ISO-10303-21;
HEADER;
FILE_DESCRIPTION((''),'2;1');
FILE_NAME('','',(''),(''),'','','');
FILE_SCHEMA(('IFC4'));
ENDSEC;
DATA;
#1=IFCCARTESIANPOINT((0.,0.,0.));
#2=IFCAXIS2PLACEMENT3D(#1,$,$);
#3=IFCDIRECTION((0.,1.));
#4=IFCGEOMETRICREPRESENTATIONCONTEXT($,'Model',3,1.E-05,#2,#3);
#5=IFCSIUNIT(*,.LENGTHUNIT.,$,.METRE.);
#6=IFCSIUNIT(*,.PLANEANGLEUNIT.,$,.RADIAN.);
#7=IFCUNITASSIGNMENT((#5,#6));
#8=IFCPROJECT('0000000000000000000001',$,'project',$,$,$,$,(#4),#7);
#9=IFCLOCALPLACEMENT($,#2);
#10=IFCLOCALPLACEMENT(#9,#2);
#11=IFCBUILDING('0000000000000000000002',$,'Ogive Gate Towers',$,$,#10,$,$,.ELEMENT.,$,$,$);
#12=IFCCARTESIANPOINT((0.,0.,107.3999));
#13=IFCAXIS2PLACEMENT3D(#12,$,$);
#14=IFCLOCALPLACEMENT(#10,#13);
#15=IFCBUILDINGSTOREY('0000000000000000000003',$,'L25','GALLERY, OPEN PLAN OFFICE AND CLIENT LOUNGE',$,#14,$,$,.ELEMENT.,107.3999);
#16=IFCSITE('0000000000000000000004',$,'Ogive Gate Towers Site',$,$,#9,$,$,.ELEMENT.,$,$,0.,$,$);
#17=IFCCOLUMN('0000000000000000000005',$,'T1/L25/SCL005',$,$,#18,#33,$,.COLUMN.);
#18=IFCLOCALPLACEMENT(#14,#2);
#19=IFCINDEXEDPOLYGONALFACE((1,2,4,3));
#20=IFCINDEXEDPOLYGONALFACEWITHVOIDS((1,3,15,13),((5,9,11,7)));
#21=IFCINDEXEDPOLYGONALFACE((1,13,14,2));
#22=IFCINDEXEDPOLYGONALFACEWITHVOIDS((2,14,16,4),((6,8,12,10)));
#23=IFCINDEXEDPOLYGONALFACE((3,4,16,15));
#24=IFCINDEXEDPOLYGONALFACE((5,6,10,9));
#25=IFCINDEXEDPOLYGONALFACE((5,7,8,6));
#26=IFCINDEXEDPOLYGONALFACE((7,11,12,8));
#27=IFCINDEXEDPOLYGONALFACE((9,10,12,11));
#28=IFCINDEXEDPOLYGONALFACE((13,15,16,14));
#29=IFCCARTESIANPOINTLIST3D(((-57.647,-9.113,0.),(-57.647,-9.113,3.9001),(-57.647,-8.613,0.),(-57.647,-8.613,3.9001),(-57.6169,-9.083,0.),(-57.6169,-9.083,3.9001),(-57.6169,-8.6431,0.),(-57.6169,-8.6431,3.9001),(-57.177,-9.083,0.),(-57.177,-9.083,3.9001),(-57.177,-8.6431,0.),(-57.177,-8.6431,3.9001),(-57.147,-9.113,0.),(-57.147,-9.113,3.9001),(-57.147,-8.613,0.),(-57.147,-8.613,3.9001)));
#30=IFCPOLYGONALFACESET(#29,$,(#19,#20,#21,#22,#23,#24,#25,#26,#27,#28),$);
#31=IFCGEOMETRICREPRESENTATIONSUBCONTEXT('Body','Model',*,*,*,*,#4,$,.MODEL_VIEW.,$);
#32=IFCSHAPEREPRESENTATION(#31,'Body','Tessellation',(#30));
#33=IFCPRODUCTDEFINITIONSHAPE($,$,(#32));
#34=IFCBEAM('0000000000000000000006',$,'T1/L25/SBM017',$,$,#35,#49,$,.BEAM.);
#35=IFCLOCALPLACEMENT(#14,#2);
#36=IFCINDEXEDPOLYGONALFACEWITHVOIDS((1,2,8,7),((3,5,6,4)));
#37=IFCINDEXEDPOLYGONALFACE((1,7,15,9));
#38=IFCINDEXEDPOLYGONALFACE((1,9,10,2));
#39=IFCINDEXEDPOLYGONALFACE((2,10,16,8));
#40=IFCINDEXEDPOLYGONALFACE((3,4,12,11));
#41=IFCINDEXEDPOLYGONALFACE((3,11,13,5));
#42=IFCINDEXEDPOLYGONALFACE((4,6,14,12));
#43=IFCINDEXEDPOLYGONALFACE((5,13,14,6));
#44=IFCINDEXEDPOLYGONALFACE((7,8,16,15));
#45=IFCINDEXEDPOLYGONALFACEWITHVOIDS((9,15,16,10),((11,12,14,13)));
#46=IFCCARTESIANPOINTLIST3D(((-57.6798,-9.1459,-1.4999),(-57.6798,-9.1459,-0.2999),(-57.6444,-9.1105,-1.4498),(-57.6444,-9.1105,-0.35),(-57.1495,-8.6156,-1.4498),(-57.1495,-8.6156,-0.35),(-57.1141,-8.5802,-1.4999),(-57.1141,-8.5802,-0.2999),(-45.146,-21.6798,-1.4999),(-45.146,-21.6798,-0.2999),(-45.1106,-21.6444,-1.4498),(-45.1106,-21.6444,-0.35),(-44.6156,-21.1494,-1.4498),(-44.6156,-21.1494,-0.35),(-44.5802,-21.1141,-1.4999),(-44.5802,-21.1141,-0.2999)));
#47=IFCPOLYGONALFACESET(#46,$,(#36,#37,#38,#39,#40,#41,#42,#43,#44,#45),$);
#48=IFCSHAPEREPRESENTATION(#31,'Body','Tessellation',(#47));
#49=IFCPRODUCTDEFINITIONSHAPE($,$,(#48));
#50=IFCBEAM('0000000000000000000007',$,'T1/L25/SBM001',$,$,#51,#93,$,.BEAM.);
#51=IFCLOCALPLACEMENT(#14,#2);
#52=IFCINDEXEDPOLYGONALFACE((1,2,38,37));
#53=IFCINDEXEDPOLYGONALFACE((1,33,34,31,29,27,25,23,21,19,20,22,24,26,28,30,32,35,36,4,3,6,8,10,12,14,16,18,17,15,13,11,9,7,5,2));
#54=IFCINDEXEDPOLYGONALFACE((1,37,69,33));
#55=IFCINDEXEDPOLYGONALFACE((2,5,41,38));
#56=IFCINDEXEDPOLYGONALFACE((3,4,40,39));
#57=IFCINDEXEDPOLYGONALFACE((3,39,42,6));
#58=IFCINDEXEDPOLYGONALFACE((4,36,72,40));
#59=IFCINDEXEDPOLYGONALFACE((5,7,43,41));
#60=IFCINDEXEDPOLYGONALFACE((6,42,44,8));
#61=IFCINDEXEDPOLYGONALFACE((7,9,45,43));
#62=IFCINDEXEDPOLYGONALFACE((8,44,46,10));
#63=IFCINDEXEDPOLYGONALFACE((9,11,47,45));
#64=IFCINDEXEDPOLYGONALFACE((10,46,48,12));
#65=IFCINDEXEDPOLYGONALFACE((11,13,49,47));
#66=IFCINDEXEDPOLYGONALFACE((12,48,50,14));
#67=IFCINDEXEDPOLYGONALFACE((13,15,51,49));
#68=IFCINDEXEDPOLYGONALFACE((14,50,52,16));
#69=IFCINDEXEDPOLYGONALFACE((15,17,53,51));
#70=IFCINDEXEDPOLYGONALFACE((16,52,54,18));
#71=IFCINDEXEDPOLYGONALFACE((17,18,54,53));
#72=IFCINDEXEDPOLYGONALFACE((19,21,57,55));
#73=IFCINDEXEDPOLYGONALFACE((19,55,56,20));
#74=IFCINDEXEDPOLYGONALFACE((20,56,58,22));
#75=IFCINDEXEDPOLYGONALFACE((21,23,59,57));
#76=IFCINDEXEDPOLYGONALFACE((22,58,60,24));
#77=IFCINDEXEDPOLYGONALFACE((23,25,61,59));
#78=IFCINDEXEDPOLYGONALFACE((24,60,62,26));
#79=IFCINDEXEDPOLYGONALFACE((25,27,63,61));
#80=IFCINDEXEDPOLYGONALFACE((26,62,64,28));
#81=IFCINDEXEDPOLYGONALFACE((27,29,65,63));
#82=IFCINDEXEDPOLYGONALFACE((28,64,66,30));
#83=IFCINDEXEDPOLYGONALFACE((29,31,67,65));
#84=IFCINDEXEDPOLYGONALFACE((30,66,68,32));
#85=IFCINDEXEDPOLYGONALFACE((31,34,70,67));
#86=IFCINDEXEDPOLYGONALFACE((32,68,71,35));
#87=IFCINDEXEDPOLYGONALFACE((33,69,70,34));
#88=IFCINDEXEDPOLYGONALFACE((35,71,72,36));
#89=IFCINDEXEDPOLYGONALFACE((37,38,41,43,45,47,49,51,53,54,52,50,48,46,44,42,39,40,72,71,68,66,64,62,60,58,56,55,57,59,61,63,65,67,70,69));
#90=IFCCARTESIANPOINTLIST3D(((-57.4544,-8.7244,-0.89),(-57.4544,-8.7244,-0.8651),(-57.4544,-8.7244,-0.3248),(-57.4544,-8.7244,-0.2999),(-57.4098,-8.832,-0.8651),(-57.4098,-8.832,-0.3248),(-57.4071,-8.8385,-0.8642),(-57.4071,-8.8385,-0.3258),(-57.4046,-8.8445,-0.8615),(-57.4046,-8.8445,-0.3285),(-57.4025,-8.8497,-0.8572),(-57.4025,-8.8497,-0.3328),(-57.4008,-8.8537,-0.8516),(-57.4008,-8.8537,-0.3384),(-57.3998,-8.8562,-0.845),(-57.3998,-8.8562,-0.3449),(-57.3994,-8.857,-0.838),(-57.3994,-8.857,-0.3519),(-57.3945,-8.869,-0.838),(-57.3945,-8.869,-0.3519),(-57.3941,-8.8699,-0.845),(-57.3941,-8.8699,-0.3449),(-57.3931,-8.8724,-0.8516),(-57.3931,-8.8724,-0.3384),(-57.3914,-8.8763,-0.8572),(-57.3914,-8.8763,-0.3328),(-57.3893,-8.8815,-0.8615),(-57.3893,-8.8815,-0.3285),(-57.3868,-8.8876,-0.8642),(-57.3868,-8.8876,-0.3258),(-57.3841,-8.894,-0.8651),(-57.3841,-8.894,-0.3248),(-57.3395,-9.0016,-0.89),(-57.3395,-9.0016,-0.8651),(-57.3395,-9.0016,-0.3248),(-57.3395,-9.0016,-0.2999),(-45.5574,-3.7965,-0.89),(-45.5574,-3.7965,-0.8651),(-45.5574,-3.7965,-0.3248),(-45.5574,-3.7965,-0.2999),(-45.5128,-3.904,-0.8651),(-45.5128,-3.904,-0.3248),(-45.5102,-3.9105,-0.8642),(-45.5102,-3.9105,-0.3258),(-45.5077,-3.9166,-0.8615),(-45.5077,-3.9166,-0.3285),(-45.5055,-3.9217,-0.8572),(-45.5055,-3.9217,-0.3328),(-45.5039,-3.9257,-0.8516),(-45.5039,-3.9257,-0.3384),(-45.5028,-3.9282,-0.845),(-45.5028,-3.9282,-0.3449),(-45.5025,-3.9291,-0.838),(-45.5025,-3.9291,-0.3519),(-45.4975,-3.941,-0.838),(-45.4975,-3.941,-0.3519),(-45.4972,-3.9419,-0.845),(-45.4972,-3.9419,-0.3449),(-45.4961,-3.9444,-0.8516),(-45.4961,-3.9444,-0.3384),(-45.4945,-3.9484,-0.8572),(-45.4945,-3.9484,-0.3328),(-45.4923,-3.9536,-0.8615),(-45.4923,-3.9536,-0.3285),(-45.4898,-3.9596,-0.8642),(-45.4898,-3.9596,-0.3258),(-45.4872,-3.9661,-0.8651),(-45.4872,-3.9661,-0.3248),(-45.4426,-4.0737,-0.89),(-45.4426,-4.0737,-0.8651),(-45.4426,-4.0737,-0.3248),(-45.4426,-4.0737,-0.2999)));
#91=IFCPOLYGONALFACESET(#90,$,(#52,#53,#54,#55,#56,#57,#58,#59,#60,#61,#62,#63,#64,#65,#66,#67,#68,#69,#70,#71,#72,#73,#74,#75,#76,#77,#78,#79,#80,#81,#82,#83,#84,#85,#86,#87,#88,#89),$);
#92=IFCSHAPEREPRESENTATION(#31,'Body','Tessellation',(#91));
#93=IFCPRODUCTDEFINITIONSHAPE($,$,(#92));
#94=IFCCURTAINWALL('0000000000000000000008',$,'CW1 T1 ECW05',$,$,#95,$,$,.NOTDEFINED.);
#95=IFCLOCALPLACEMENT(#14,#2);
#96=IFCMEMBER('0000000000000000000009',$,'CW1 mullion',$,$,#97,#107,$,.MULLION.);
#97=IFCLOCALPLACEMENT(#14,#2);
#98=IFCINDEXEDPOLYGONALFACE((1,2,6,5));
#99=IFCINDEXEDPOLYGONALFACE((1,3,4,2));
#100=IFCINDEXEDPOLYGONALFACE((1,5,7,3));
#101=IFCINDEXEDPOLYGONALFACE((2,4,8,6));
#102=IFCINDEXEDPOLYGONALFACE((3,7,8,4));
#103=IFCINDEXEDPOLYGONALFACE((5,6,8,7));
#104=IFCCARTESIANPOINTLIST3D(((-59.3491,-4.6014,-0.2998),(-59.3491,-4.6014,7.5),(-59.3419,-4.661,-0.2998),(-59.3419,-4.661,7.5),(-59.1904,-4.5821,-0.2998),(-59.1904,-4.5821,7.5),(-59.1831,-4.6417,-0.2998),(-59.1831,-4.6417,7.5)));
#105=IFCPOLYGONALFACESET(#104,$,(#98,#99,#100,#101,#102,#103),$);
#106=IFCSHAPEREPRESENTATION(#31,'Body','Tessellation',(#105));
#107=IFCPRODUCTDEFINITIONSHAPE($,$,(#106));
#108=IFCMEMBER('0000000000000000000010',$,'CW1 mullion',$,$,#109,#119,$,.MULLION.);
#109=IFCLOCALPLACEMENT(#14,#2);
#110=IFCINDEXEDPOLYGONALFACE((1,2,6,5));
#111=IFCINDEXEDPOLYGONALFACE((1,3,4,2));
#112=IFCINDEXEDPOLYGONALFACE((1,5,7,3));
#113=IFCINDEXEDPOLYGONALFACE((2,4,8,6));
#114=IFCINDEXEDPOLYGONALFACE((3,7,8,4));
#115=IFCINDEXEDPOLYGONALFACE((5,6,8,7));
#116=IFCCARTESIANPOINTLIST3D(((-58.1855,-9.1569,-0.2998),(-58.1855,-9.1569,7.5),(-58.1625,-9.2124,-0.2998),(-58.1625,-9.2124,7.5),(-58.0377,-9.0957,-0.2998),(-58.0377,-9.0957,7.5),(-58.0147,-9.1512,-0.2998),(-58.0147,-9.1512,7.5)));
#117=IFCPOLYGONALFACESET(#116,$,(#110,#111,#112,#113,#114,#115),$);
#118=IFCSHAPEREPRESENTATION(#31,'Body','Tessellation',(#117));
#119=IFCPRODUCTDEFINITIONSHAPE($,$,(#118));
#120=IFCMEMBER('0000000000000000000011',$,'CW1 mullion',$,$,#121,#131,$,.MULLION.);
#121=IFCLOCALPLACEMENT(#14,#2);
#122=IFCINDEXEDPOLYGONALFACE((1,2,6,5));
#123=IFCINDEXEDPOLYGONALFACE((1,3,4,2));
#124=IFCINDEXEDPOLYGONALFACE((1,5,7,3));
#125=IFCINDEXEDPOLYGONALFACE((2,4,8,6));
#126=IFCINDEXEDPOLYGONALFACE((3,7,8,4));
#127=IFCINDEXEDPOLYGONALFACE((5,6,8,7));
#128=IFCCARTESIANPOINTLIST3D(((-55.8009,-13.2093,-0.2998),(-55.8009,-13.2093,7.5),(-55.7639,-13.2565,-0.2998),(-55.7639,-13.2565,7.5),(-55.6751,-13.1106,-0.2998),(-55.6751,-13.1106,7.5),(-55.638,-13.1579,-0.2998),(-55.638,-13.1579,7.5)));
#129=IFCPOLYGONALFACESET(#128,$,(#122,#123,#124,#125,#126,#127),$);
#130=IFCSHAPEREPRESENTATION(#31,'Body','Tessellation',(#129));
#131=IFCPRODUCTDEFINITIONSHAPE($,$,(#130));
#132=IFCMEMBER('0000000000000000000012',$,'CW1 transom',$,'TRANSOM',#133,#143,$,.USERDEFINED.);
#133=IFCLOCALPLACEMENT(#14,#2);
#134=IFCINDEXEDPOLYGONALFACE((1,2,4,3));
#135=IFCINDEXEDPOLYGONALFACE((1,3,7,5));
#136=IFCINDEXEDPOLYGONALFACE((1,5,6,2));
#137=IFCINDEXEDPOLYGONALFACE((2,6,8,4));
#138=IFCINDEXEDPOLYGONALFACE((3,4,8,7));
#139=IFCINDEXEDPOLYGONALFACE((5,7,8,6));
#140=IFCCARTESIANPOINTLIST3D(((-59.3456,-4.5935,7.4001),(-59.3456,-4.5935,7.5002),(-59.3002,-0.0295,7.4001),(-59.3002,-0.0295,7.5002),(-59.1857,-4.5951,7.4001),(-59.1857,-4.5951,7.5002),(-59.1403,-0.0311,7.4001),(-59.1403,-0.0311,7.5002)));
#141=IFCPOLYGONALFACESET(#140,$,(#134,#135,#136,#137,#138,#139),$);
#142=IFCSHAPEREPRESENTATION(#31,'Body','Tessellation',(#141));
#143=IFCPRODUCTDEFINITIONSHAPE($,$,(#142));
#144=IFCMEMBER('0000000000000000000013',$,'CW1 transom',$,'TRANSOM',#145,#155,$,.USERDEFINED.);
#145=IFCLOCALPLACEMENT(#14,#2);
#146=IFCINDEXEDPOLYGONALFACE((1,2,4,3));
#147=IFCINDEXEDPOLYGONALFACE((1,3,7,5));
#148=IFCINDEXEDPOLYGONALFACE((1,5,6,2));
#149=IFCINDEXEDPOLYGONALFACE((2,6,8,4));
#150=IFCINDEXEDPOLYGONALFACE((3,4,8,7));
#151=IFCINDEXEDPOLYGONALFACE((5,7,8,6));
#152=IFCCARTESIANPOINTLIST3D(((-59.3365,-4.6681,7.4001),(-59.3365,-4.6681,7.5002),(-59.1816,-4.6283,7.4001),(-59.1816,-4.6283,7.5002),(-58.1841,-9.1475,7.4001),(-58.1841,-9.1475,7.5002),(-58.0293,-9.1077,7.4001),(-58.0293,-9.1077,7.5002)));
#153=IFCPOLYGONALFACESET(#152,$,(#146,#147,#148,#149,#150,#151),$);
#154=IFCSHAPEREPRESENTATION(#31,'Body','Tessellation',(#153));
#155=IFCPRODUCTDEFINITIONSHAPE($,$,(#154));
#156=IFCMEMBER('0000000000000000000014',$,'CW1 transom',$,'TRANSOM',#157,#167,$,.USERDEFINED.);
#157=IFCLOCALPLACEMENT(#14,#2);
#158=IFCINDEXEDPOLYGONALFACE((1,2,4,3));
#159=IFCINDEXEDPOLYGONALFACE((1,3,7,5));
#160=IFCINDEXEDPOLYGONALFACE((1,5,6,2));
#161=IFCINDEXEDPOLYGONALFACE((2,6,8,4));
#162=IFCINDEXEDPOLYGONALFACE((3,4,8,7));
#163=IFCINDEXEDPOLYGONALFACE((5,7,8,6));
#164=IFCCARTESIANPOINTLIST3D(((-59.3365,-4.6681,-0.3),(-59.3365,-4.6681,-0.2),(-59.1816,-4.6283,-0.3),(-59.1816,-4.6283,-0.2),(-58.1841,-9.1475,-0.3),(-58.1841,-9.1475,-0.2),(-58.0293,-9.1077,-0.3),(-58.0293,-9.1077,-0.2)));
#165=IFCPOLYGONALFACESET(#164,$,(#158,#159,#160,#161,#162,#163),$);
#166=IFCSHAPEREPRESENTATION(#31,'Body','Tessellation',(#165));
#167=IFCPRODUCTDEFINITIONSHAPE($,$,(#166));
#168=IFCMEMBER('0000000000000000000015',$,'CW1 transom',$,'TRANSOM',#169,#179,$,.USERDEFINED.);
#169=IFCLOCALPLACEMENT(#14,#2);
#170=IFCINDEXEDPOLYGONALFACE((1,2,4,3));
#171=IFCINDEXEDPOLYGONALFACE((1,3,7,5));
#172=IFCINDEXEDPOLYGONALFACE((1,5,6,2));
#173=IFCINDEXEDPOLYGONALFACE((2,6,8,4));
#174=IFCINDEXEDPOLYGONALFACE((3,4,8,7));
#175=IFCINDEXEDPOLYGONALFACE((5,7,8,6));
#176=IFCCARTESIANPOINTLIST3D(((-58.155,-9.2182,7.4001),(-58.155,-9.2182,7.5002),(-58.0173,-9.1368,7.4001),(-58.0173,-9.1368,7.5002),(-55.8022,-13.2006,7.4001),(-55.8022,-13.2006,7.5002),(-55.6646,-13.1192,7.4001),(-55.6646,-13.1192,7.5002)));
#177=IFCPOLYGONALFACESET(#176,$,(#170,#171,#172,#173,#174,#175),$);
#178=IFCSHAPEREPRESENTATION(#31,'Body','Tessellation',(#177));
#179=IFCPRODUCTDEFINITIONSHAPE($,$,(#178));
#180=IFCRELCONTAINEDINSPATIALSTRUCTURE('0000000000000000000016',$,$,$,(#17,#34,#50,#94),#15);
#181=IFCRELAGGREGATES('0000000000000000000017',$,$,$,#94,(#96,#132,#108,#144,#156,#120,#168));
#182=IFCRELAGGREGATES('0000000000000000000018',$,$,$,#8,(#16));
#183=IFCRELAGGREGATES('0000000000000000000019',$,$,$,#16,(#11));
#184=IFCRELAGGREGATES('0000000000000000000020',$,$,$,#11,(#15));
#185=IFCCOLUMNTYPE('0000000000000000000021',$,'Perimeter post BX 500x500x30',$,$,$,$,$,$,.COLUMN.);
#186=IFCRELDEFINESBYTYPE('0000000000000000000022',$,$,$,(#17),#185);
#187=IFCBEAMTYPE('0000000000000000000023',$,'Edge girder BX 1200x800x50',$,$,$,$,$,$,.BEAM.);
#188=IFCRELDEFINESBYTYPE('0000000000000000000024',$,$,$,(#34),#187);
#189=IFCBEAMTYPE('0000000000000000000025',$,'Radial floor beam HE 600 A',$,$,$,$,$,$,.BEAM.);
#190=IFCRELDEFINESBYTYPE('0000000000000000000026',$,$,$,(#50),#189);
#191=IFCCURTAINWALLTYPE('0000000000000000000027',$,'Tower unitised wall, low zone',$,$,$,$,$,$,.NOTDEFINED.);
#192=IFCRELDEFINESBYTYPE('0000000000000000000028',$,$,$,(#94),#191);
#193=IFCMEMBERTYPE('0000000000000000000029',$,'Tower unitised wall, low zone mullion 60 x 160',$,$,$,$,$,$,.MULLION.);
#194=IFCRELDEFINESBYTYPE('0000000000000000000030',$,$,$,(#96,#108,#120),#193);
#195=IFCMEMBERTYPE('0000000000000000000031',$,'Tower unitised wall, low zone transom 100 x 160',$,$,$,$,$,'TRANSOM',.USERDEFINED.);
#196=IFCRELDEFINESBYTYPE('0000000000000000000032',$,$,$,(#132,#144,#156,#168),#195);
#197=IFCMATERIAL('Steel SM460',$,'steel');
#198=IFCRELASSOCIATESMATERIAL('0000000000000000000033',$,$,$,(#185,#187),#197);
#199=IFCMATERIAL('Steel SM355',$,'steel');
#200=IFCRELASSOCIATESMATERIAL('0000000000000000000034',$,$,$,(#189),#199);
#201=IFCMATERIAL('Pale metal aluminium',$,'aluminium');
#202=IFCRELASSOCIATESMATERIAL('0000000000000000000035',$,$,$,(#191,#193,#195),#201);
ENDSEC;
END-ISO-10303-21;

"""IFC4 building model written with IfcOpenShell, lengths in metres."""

from ifc_helpers import new_model, si_unit, direction, frame, origin, origin_2d, place, context, subcontext, project, spatial, rectangle, hollow_rectangle, i_section, extrude, material, material_profile, profile_set, type_object, element, aggregate, save


model = new_model("IFC4")

# Units and contexts
model_context = context("Model", 3, precision=1e-05, world=origin(), true_north=direction((0.0, 1.0)))
body_context = subcontext(model_context, "Body", "Model", "MODEL_VIEW")
ifc_project = project(units=[si_unit("LENGTHUNIT", "METRE"), si_unit("PLANEANGLEUNIT", "RADIAN")], contexts=[model_context])

# Site, building, storey
site_placement = place(None, origin())
site = spatial("IfcSite", under=ifc_project, at=site_placement, Name="Ogive Gate Towers Site", CompositionType="ELEMENT", RefElevation=0.0)
building_placement = place(site_placement, origin())
building = spatial("IfcBuilding", under=site, at=building_placement, Name="Ogive Gate Towers", CompositionType="ELEMENT")
storey_placement = place(building_placement, frame((0.0, 0.0, 107.3999)))
storey = spatial("IfcBuildingStorey", under=building, at=storey_placement, Name="L25", Description="GALLERY, OPEN PLAN OFFICE AND CLIENT LOUNGE", CompositionType="ELEMENT", Elevation=107.3999)

# Column
ifc_material_1 = material(Name="Steel SM460", Category="steel")
ifc_material_profile_1 = material_profile(ifc_material_1, hollow_rectangle(XDim=0.5, YDim=0.5, WallThickness=0.03, at=origin_2d()), Name="BX 500x500x30")
ifc_profile_set_1 = profile_set([ifc_material_profile_1], Name="Steel SM460")
column_type = type_object("IfcColumnType", Name="Perimeter post BX 500x500x30", PredefinedType="COLUMN", material=ifc_profile_set_1)
column_placement = place(storey_placement, frame((-57.397, -8.863, 0.0), z_axis=(0.0, 0.0, 1.0), x_axis=(1.0, 0.0, 0.0)))
element("IfcColumn", 1, at=column_placement, inside=storey, type_object=column_type, Name="T1/L25/SCL005", PredefinedType="COLUMN", context=body_context, shape_type="SweptSolid", body=[
    extrude(hollow_rectangle(XDim=0.5, YDim=0.5, WallThickness=0.03, at=origin_2d()), origin(), (0.0, 0.0, 1.0), 3.9001),
])

# Beams
ifc_material_profile_2 = material_profile(ifc_material_1, hollow_rectangle(XDim=0.8, YDim=1.2, WallThickness=0.05, at=origin_2d()), Name="BX 1200x800x50")
ifc_profile_set_2 = profile_set([ifc_material_profile_2], Name="Steel SM460")
beam_type_1 = type_object("IfcBeamType", Name="Edge girder BX 1200x800x50", PredefinedType="BEAM", material=ifc_profile_set_2)
beam_1_placement = place(storey_placement, frame((-57.397, -8.863, -0.8999), z_axis=(0.707107, -0.707107, 0.0), x_axis=(0.707107, 0.707107, 0.0)))
element("IfcBeam", 2, at=beam_1_placement, inside=storey, type_object=beam_type_1, Name="T1/L25/SBM017", PredefinedType="BEAM", context=body_context, shape_type="SweptSolid", body=[
    extrude(hollow_rectangle(XDim=0.8, YDim=1.2, WallThickness=0.05, at=origin_2d()), origin(), (0.0, 0.0, 1.0), 17.7256),
])
ifc_material_2 = material(Name="Steel SM355", Category="steel")
ifc_material_profile_3 = material_profile(ifc_material_2, i_section(OverallWidth=0.3, OverallDepth=0.5901, WebThickness=0.0129, FlangeThickness=0.0249, FilletRadius=0.0271, at=origin_2d()), Name="HE 600 A")
ifc_profile_set_3 = profile_set([ifc_material_profile_3], Name="Steel SM355")
beam_type_2 = type_object("IfcBeamType", Name="Radial floor beam HE 600 A", PredefinedType="BEAM", material=ifc_profile_set_3)
beam_2_placement = place(storey_placement, frame((-45.5, -3.9351, -0.595), z_axis=(-0.923877, -0.382689, 0.0), x_axis=(0.382689, -0.923877, 0.0)))
element("IfcBeam", 3, at=beam_2_placement, inside=storey, type_object=beam_type_2, Name="T1/L25/SBM001", PredefinedType="BEAM", context=body_context, shape_type="SweptSolid", body=[
    extrude(i_section(OverallWidth=0.3, OverallDepth=0.5901, WebThickness=0.0129, FlangeThickness=0.0249, FilletRadius=0.0271, at=origin_2d()), origin(), (0.0, 0.0, 1.0), 12.8772),
])

# Curtain wall, members
ifc_material_3 = material(Name="Pale metal aluminium", Category="aluminium")
curtain_wall_type = type_object("IfcCurtainWallType", Name="Tower unitised wall, low zone", PredefinedType="NOTDEFINED", material=ifc_material_3)
curtain_wall_placement = place(storey_placement, origin())
curtain_wall = element("IfcCurtainWall", 4, at=curtain_wall_placement, inside=storey, type_object=curtain_wall_type, Name="CW1 T1 ECW05", PredefinedType="NOTDEFINED")
ifc_material_profile_4 = material_profile(ifc_material_3, rectangle(XDim=0.1599, YDim=0.0601, at=origin_2d()), Name="60 x 160 aluminium box")
ifc_profile_set_4 = profile_set([ifc_material_profile_4], Name="Pale metal aluminium")
member_type_1 = type_object("IfcMemberType", Name="Tower unitised wall, low zone mullion 60 x 160", PredefinedType="MULLION", material=ifc_profile_set_4)
member_1_placement = place(storey_placement, frame((-59.2661, -4.6216, -0.2998), z_axis=(0.0, 0.0, 1.0), x_axis=(-0.992696, -0.120639, 0.0)))
member_1 = element("IfcMember", 5, at=member_1_placement, type_object=member_type_1, Name="CW1 mullion", PredefinedType="MULLION", context=body_context, shape_type="SweptSolid", body=[
    extrude(rectangle(XDim=0.1599, YDim=0.0601, at=origin_2d()), origin(), (0.0, 0.0, 1.0), 7.7998),
])
member_2_placement = place(storey_placement, frame((-58.1001, -9.1541, -0.2998), z_axis=(0.0, 0.0, 1.0), x_axis=(-0.92388, -0.382683, 0.0)))
member_2 = element("IfcMember", 6, at=member_2_placement, type_object=member_type_1, Name="CW1 mullion", PredefinedType="MULLION", context=body_context, shape_type="SweptSolid", body=[
    extrude(rectangle(XDim=0.1599, YDim=0.0601, at=origin_2d()), origin(), (0.0, 0.0, 1.0), 7.7998),
])
member_3_placement = place(storey_placement, frame((-55.7195, -13.1836, -0.2998), z_axis=(0.0, 0.0, 1.0), x_axis=(-0.787247, -0.616637, 0.0)))
member_3 = element("IfcMember", 7, at=member_3_placement, type_object=member_type_1, Name="CW1 mullion", PredefinedType="MULLION", context=body_context, shape_type="SweptSolid", body=[
    extrude(rectangle(XDim=0.1599, YDim=0.0601, at=origin_2d()), origin(), (0.0, 0.0, 1.0), 7.7998),
])
ifc_material_profile_5 = material_profile(ifc_material_3, rectangle(XDim=0.1599, YDim=0.1001, at=origin_2d()), Name="100 x 160 aluminium box")
ifc_profile_set_5 = profile_set([ifc_material_profile_5], Name="Pale metal aluminium")
member_type_2 = type_object("IfcMemberType", Name="Tower unitised wall, low zone transom 100 x 160", ElementType="TRANSOM", PredefinedType="USERDEFINED", material=ifc_profile_set_5)
member_4_placement = place(storey_placement, frame((-59.2202, -0.0303, 7.4502), z_axis=(-0.009949, -0.999951, 0.0), x_axis=(0.999951, -0.009949, 0.0)))
member_4 = element("IfcMember", 8, at=member_4_placement, type_object=member_type_2, Name="CW1 transom", ObjectType="TRANSOM", PredefinedType="USERDEFINED", context=body_context, shape_type="SweptSolid", body=[
    extrude(rectangle(XDim=0.1599, YDim=0.1001, at=origin_2d()), origin(), (0.0, 0.0, 1.0), 4.5642),
])
member_5_placement = place(storey_placement, frame((-59.259, -4.6482, 7.4502), z_axis=(0.249137, -0.968468, 0.0), x_axis=(0.968468, 0.249137, 0.0)))
member_5 = element("IfcMember", 9, at=member_5_placement, type_object=member_type_2, Name="CW1 transom", ObjectType="TRANSOM", PredefinedType="USERDEFINED", context=body_context, shape_type="SweptSolid", body=[
    extrude(rectangle(XDim=0.1599, YDim=0.1001, at=origin_2d()), origin(), (0.0, 0.0, 1.0), 4.6252),
])
member_6_placement = place(storey_placement, frame((-59.259, -4.6482, -0.25), z_axis=(0.249137, -0.968468, 0.0), x_axis=(0.968468, 0.249137, 0.0)))
member_6 = element("IfcMember", 10, at=member_6_placement, type_object=member_type_2, Name="CW1 transom", ObjectType="TRANSOM", PredefinedType="USERDEFINED", context=body_context, shape_type="SweptSolid", body=[
    extrude(rectangle(XDim=0.1599, YDim=0.1001, at=origin_2d()), origin(), (0.0, 0.0, 1.0), 4.6252),
])
member_7_placement = place(storey_placement, frame((-58.0862, -9.1775, 7.4502), z_axis=(0.508655, -0.860971, 0.0), x_axis=(0.860971, 0.508655, 0.0)))
member_7 = element("IfcMember", 11, at=member_7_placement, type_object=member_type_2, Name="CW1 transom", ObjectType="TRANSOM", PredefinedType="USERDEFINED", context=body_context, shape_type="SweptSolid", body=[
    extrude(rectangle(XDim=0.1599, YDim=0.1001, at=origin_2d()), origin(), (0.0, 0.0, 1.0), 4.6255),
])
aggregate(curtain_wall, [member_1, member_4, member_2, member_5, member_6, member_3, member_7])

save(model, "model.ifc")
